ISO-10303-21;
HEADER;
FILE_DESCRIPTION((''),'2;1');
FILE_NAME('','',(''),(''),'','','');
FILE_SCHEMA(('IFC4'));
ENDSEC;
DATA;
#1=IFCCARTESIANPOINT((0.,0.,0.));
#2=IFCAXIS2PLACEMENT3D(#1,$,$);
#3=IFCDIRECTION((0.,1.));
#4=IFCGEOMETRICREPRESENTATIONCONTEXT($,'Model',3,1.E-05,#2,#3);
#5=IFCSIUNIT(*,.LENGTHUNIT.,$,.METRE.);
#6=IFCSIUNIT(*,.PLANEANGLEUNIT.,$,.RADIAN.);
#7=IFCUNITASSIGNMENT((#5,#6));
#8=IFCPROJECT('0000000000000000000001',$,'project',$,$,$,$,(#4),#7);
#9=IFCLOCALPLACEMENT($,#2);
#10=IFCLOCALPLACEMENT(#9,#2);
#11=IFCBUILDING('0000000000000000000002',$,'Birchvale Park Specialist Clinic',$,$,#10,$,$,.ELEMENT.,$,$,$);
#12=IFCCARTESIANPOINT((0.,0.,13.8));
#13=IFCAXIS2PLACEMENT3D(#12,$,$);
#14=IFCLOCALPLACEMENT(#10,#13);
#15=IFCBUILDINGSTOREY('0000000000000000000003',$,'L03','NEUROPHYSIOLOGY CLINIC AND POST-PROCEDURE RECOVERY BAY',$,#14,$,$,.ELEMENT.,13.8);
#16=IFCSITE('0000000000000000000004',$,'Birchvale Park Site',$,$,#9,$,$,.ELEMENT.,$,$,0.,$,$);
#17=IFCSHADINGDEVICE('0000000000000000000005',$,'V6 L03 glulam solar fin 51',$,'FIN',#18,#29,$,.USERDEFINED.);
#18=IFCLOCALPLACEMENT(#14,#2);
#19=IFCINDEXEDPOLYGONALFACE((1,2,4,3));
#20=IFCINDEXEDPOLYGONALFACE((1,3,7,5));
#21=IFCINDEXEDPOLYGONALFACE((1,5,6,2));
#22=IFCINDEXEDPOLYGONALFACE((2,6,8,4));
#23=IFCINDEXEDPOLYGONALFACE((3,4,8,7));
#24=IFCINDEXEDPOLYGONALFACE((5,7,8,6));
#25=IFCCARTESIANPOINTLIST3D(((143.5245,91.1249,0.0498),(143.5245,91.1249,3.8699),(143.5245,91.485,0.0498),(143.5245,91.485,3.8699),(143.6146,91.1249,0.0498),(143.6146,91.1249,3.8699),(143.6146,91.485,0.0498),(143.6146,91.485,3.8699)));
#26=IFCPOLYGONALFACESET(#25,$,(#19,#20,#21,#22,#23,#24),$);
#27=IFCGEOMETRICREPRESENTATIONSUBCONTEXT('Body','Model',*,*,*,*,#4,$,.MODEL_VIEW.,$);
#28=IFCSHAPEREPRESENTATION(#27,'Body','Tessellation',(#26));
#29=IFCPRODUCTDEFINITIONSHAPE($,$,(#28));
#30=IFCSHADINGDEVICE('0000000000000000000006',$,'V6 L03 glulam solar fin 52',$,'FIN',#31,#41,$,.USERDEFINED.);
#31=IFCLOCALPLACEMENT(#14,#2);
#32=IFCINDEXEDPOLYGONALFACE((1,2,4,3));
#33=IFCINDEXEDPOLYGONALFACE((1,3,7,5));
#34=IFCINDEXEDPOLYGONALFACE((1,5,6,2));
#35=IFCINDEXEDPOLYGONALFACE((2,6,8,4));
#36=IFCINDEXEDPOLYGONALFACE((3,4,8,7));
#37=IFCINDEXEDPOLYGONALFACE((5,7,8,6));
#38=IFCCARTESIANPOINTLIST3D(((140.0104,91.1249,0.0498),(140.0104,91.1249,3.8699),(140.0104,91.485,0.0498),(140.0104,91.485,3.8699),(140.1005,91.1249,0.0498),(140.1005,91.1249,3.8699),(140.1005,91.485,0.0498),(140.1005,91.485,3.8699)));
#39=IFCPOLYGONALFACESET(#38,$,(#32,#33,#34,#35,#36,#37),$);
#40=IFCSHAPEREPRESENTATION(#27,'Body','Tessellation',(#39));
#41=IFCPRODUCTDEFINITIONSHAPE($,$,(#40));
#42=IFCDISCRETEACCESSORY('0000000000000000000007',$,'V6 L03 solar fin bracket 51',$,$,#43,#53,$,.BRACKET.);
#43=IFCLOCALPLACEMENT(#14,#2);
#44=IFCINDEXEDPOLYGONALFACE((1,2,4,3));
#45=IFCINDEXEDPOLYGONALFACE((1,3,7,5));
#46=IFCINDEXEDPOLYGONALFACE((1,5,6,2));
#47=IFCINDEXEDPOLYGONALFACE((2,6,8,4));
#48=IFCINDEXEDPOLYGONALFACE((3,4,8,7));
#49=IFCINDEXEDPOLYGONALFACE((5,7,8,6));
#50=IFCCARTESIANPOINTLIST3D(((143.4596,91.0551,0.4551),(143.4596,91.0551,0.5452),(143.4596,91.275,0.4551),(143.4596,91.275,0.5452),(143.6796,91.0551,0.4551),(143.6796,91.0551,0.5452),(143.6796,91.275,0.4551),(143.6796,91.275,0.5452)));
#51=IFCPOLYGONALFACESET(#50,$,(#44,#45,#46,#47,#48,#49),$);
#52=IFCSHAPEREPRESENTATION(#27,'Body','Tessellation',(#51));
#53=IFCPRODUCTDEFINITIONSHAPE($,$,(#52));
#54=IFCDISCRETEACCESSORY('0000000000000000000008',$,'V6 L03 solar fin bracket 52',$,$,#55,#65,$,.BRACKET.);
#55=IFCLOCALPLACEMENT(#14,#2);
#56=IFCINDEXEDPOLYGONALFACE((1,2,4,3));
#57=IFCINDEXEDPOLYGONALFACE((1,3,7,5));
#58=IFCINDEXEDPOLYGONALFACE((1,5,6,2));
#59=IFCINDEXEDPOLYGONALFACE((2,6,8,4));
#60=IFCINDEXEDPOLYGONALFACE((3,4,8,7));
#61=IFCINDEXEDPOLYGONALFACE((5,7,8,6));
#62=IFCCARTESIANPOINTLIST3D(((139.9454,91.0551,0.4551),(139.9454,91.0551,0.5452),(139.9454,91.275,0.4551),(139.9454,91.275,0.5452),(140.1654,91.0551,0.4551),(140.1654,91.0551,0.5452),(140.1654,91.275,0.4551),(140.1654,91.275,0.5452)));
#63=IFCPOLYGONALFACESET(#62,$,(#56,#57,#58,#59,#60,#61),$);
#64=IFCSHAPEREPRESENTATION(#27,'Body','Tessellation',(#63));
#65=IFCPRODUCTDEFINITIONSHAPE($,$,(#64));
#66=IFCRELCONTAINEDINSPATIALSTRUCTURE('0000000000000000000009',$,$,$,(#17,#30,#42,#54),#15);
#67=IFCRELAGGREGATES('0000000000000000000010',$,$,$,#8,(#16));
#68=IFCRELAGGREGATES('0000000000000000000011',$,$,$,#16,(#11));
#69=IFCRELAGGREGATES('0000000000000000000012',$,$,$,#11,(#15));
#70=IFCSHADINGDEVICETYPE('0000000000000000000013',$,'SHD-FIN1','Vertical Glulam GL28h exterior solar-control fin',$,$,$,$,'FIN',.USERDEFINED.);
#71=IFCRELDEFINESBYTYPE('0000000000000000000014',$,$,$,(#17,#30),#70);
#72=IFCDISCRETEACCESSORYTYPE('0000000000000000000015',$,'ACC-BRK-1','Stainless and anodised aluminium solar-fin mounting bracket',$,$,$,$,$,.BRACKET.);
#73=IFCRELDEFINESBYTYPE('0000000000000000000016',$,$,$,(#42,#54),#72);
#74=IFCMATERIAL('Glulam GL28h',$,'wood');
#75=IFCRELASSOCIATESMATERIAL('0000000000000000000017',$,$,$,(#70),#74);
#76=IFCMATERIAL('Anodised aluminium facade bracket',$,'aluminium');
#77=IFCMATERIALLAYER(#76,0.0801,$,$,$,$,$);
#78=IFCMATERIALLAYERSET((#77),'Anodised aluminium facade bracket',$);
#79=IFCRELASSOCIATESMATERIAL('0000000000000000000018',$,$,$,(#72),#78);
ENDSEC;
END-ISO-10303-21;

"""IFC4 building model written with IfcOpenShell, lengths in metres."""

from ifc_helpers import new_model, si_unit, direction, frame, origin, origin_2d, place, context, subcontext, project, spatial, rectangle, extrude, material, layer, layer_set, type_object, element, save


model = new_model("IFC4")

# Units and contexts
model_context = context("Model", 3, precision=1e-05, world=origin(), true_north=direction((0.0, 1.0)))
body_context = subcontext(model_context, "Body", "Model", "MODEL_VIEW")
ifc_project = project(units=[si_unit("LENGTHUNIT", "METRE"), si_unit("PLANEANGLEUNIT", "RADIAN")], contexts=[model_context])

# Site, building, storey
site_placement = place(None, origin())
site = spatial("IfcSite", under=ifc_project, at=site_placement, Name="Birchvale Park Site", CompositionType="ELEMENT", RefElevation=0.0)
building_placement = place(site_placement, origin())
building = spatial("IfcBuilding", under=site, at=building_placement, Name="Birchvale Park Specialist Clinic", CompositionType="ELEMENT")
storey_placement = place(building_placement, frame((0.0, 0.0, 13.8)))
storey = spatial("IfcBuildingStorey", under=building, at=storey_placement, Name="L03", Description="NEUROPHYSIOLOGY CLINIC AND POST-PROCEDURE RECOVERY BAY", CompositionType="ELEMENT", Elevation=13.8)

# Shading devices
ifc_material_1 = material(Name="Glulam GL28h", Category="wood")
shading_device_type = type_object("IfcShadingDeviceType", Name="SHD-FIN1", Description="Vertical Glulam GL28h exterior solar-control fin", ElementType="FIN", PredefinedType="USERDEFINED", material=ifc_material_1)
for number, where, z_axis, x_axis, name in (
    (1, (143.5696, 91.3049, 0.0498), (0.0, 0.0, 1.0), (0.0, 1.0, 0.0), "V6 L03 glulam solar fin 51"),
    (2, (140.0554, 91.3049, 0.0498), (0.0, 0.0, 1.0), (0.0, 1.0, 0.0), "V6 L03 glulam solar fin 52"),
):
    element("IfcShadingDevice", number, at=place(storey_placement, frame(where, z_axis=z_axis, x_axis=x_axis)), inside=storey, type_object=shading_device_type, Name=name, ObjectType="FIN", PredefinedType="USERDEFINED", context=body_context, shape_type="SweptSolid", body=[
        extrude(rectangle(XDim=0.3601, YDim=0.0901, at=origin_2d()), origin(), (0.0, 0.0, 1.0), 3.8201),
    ])

# Discrete accessories
ifc_material_2 = material(Name="Anodised aluminium facade bracket", Category="aluminium")
ifc_layer_1 = layer(ifc_material_2, 0.0801)
ifc_layer_set_1 = layer_set([ifc_layer_1], Name="Anodised aluminium facade bracket")
discrete_accessory_type = type_object("IfcDiscreteAccessoryType", Name="ACC-BRK-1", Description="Stainless and anodised aluminium solar-fin mounting bracket", PredefinedType="BRACKET", material=ifc_layer_set_1)
for number, where, z_axis, x_axis, name in (
    (3, (143.5696, 91.165, 0.4551), (0.0, 0.0, 1.0), (0.0, 1.0, 0.0), "V6 L03 solar fin bracket 51"),
    (4, (140.0554, 91.165, 0.4551), (0.0, 0.0, 1.0), (0.0, 1.0, 0.0), "V6 L03 solar fin bracket 52"),
):
    element("IfcDiscreteAccessory", number, at=place(storey_placement, frame(where, z_axis=z_axis, x_axis=x_axis)), inside=storey, type_object=discrete_accessory_type, Name=name, PredefinedType="BRACKET", context=body_context, shape_type="SweptSolid", body=[
        extrude(rectangle(XDim=0.22, YDim=0.22, at=origin_2d()), origin(), (0.0, 0.0, 1.0), 0.0901),
    ])

save(model, "model.ifc")
